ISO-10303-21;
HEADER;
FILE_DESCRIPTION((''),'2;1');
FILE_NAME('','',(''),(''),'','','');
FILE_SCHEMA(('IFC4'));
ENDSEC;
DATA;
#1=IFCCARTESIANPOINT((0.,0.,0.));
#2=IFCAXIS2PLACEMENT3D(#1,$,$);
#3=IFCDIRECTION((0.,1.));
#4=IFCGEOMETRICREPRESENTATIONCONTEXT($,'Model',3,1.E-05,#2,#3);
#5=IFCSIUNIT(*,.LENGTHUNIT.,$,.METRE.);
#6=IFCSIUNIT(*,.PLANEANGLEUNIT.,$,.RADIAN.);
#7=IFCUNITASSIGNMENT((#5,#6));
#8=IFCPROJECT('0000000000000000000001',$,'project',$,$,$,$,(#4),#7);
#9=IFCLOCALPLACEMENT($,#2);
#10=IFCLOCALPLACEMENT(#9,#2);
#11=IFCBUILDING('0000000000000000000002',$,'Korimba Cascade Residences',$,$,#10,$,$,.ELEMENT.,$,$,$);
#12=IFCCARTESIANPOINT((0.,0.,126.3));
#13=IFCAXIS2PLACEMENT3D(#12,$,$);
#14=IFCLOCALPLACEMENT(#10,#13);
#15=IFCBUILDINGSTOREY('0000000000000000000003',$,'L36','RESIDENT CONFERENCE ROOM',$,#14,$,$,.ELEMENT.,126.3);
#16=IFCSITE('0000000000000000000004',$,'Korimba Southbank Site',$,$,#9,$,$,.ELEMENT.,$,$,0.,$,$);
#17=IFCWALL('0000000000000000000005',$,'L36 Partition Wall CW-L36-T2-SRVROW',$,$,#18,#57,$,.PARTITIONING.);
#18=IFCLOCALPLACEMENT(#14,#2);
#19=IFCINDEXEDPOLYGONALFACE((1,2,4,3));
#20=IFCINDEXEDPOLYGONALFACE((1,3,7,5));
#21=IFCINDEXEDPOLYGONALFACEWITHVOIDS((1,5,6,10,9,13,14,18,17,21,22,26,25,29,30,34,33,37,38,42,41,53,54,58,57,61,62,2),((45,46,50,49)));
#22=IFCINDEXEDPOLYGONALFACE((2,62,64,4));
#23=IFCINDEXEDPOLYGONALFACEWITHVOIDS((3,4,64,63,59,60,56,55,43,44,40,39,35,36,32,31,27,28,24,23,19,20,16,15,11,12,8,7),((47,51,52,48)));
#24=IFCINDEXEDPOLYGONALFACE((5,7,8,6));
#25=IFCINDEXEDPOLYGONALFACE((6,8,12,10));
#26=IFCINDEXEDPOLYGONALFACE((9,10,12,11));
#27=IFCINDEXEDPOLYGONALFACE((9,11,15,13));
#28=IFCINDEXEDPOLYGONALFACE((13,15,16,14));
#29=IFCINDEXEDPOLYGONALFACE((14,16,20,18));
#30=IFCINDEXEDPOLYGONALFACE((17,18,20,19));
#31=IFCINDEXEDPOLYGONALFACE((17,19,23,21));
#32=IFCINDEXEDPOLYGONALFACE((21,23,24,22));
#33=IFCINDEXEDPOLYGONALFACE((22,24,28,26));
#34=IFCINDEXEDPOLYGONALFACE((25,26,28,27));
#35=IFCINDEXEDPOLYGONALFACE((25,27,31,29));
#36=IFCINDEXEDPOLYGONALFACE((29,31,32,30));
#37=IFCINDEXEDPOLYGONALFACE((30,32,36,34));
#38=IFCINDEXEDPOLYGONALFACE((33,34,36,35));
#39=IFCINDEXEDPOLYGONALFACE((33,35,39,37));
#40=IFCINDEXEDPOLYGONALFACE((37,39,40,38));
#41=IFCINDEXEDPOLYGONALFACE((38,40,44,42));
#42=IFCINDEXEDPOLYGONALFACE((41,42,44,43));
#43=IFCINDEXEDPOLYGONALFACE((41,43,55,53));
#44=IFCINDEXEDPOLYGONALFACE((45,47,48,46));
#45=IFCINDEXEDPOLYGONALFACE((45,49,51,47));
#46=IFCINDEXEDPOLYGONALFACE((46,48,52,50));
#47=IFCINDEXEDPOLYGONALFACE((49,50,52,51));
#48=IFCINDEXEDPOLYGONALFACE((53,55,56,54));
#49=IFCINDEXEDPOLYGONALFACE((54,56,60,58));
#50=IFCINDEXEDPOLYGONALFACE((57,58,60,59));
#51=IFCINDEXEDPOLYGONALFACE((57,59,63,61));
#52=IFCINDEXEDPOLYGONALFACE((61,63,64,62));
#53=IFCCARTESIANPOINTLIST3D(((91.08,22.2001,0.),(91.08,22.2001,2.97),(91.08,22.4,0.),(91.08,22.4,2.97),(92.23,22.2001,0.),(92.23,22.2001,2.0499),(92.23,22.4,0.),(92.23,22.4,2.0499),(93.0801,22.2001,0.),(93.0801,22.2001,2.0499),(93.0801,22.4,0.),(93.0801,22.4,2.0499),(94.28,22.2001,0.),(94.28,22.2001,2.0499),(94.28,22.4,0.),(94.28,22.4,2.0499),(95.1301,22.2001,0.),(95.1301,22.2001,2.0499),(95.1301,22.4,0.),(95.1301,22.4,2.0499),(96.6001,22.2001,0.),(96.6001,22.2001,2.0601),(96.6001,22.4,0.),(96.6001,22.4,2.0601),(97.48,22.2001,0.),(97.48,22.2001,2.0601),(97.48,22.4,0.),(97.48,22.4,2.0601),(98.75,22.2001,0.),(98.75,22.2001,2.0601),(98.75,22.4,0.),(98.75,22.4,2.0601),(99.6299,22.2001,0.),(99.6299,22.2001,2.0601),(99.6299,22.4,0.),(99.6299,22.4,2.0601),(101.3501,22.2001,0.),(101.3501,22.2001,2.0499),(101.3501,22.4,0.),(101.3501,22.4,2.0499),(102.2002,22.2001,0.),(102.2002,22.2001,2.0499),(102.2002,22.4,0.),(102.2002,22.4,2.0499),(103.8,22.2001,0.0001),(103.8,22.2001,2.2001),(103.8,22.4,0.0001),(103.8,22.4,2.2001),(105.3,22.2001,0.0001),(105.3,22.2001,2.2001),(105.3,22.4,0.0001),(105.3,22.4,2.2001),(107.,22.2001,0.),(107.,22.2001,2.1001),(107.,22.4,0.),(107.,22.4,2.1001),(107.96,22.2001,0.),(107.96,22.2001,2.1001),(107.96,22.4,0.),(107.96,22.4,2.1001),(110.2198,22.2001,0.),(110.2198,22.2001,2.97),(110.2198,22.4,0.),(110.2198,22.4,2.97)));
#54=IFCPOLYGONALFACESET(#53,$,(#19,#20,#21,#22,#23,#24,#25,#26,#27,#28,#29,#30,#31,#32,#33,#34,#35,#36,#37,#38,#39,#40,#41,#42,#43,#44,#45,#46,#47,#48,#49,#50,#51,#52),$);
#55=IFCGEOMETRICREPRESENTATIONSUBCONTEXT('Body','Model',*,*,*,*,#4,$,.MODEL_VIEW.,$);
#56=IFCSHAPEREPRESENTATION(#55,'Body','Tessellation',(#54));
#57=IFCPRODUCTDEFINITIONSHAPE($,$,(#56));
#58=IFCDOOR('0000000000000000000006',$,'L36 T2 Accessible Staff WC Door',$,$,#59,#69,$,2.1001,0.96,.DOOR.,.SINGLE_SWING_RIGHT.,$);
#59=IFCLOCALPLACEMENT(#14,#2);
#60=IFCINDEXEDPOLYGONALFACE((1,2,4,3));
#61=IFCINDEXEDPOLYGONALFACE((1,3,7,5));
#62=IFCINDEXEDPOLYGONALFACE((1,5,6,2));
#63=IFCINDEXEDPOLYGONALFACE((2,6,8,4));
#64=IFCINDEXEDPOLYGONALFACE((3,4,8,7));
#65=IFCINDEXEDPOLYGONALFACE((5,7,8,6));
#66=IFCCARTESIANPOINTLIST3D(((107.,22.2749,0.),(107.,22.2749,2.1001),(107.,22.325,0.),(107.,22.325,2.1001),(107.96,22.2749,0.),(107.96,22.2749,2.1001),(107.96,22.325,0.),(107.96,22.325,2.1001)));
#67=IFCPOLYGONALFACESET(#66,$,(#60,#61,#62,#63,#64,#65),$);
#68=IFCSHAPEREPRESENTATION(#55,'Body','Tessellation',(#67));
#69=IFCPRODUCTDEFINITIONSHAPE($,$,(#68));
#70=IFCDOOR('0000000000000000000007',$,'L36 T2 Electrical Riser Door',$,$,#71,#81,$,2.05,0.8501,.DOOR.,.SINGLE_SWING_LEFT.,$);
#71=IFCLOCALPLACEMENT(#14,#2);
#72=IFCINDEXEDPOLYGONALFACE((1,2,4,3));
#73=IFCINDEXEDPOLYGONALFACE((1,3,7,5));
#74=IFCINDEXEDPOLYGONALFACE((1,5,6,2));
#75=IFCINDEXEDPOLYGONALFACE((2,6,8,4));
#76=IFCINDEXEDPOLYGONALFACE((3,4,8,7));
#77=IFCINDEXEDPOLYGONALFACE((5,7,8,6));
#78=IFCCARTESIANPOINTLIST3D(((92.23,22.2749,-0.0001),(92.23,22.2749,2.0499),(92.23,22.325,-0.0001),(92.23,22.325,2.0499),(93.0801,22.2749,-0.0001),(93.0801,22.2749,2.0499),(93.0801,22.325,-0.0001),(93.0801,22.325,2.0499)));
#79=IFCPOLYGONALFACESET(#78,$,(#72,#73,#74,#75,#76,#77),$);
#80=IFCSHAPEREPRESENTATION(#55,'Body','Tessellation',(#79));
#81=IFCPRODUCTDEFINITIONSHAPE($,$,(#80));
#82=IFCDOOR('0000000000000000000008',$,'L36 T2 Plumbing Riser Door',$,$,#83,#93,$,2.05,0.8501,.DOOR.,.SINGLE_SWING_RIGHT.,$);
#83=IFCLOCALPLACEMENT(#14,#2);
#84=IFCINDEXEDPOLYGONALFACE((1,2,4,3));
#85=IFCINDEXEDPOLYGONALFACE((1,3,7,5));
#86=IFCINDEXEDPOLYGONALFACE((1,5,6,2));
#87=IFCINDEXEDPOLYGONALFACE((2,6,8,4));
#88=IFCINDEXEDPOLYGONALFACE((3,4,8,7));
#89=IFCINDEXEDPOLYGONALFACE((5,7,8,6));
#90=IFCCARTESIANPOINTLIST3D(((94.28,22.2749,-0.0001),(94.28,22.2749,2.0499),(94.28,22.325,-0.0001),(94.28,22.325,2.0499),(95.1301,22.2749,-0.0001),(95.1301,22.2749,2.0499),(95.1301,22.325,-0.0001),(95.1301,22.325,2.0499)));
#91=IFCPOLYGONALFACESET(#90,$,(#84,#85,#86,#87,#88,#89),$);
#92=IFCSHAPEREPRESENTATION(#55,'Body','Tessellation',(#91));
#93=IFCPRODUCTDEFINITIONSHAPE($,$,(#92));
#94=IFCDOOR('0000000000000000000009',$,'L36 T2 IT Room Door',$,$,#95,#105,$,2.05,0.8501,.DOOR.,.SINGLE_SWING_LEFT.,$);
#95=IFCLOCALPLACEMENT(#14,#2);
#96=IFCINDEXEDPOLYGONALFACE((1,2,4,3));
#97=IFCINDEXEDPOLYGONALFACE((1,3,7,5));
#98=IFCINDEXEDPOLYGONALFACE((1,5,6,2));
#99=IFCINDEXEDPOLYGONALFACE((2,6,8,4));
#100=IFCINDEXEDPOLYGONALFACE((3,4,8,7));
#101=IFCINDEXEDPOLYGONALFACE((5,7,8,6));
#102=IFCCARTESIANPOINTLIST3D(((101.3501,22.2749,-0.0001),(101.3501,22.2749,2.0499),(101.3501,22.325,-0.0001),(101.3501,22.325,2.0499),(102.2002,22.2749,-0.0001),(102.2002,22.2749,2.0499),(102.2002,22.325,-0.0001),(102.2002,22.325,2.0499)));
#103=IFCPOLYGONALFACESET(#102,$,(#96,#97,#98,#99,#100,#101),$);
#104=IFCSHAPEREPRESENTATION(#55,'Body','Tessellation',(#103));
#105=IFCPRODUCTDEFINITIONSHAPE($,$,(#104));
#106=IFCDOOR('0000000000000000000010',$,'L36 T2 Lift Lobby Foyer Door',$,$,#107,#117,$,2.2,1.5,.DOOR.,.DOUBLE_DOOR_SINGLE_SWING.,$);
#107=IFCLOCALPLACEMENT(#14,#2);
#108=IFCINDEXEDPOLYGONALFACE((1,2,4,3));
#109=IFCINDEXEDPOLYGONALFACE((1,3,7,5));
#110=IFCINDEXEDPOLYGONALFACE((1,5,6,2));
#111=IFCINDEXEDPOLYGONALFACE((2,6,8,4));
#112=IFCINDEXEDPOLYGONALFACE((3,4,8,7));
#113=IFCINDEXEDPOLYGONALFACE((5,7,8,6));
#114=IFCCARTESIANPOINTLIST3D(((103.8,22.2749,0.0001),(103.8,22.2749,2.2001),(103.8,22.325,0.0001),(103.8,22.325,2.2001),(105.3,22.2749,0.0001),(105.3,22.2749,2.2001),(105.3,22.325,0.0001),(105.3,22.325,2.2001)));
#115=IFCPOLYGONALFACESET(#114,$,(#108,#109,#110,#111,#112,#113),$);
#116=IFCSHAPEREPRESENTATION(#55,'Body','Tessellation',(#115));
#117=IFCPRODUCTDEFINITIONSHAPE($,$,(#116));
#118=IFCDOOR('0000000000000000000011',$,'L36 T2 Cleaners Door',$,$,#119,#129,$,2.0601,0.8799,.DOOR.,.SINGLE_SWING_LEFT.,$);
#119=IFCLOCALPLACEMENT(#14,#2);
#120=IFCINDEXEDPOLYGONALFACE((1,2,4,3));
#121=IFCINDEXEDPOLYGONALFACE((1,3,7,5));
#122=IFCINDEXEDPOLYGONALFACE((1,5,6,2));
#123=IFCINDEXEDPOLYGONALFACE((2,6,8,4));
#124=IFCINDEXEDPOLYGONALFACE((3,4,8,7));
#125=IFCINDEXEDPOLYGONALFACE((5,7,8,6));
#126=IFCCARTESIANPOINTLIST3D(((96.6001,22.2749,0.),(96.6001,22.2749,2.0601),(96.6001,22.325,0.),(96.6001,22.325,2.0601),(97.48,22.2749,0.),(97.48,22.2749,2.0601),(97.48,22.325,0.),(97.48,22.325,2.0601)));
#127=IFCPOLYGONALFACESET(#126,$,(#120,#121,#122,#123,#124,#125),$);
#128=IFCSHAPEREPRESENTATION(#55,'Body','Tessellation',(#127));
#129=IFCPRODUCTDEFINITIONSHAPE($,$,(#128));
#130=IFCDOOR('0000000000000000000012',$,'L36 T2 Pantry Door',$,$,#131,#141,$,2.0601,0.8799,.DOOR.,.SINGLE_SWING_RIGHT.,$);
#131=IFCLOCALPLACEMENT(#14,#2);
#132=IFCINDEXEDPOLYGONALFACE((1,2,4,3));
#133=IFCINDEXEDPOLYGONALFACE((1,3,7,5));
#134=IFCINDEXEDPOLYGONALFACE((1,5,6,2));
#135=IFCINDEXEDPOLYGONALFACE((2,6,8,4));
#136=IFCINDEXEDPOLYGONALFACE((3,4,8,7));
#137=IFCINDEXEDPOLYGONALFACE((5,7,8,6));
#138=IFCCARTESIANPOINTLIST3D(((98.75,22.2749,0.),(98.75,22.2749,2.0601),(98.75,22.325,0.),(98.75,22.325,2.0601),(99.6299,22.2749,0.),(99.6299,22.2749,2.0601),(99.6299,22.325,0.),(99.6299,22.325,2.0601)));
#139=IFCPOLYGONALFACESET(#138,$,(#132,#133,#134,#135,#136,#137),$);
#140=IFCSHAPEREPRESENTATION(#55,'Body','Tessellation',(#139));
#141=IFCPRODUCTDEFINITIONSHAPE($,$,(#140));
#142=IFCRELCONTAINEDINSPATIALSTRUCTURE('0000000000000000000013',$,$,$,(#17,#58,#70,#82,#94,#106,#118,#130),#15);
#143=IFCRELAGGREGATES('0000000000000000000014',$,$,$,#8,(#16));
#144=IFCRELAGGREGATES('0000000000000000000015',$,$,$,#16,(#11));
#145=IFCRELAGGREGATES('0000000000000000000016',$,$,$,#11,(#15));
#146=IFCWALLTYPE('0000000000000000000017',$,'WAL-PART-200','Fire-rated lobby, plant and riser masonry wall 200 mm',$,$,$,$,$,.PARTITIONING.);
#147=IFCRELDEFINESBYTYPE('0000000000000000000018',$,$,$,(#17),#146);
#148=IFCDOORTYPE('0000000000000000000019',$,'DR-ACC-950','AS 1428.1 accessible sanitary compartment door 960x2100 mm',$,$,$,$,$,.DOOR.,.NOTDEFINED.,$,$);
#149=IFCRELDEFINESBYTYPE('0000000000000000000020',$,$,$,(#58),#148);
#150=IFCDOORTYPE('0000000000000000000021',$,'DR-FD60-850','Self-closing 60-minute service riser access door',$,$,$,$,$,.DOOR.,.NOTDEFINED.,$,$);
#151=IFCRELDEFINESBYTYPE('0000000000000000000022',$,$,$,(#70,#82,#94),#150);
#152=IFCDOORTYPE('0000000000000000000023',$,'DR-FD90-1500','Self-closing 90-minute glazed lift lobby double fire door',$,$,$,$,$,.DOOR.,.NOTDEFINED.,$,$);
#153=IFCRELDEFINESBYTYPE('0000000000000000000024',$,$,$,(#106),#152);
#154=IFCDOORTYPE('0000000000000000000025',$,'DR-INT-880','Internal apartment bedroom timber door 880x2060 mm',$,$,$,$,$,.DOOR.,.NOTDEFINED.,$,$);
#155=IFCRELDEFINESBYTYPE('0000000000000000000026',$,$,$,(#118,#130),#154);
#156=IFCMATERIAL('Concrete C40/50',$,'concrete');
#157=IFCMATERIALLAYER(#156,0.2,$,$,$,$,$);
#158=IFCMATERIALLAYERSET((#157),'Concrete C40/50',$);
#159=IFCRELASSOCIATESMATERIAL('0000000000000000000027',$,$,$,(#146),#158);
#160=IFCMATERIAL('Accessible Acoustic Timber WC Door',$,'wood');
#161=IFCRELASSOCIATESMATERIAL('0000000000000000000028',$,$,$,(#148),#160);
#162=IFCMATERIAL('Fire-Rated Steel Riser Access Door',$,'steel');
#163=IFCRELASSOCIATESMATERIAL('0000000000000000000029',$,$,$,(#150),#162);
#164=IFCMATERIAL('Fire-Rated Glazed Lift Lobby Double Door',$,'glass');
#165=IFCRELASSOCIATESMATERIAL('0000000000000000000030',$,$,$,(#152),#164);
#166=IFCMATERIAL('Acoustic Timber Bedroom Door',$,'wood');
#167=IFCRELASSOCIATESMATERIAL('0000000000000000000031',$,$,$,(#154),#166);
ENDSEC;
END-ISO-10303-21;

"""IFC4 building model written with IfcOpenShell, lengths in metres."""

from ifc_helpers import new_model, si_unit, direction, frame, frame_2d, origin, place, context, subcontext, project, spatial, rectangle, extrude, material, layer, layer_set, type_object, element, fill, save


model = new_model("IFC4")

# Units and contexts
model_context = context("Model", 3, precision=1e-05, world=origin(), true_north=direction((0.0, 1.0)))
body_context = subcontext(model_context, "Body", "Model", "MODEL_VIEW")
ifc_project = project(units=[si_unit("LENGTHUNIT", "METRE"), si_unit("PLANEANGLEUNIT", "RADIAN")], contexts=[model_context])

# Site, building, storey
site_placement = place(None, origin())
site = spatial("IfcSite", under=ifc_project, at=site_placement, Name="Korimba Southbank Site", CompositionType="ELEMENT", RefElevation=0.0)
building_placement = place(site_placement, origin())
building = spatial("IfcBuilding", under=site, at=building_placement, Name="Korimba Cascade Residences", CompositionType="ELEMENT")
storey_placement = place(building_placement, frame((0.0, 0.0, 126.3)))
storey = spatial("IfcBuildingStorey", under=building, at=storey_placement, Name="L36", Description="RESIDENT CONFERENCE ROOM", CompositionType="ELEMENT", Elevation=126.3)

# Shared definitions
ifc_material_1 = material(Name="Concrete C40/50", Category="concrete")
ifc_layer_1 = layer(ifc_material_1, 0.2)
ifc_layer_set_1 = layer_set([ifc_layer_1], Name="Concrete C40/50")
wall_type_1 = type_object("IfcWallType", Name="WAL-PART-200", Description="Fire-rated lobby, plant and riser masonry wall 200 mm", PredefinedType="PARTITIONING", material=ifc_layer_set_1)

# Wall, openings, doors
wall_1_placement = place(storey_placement, frame((91.0801, 22.3, 0.0), z_axis=(0.0, 0.0, 1.0), x_axis=(1.0, 0.0, 0.0)))
wall_1 = element("IfcWall", 1, at=wall_1_placement, inside=storey, type_object=wall_type_1, Name="L36 Partition Wall CW-L36-T2-SRVROW", PredefinedType="PARTITIONING", context=body_context, shape_type="SweptSolid", body=[
    extrude(rectangle(XDim=19.1399, YDim=0.2, at=frame_2d((9.5698, 0.0))), origin(), (0.0, 0.0, 1.0), 2.97),
])
opening_1_placement = place(wall_1_placement, frame((1.1499, 0.0, 0.0)))
opening_1 = element("IfcOpeningElement", 2, at=opening_1_placement, cuts=wall_1, PredefinedType="OPENING", context=body_context, shape_type="SweptSolid", body=[
    extrude(rectangle(XDim=0.8501, YDim=2.05, at=frame_2d((0.425, 1.0249))), frame((0.0, 0.1099, 0.0), z_axis=(0.0, -1.0, 0.0), x_axis=(1.0, 0.0, 0.0)), (0.0, 0.0, 1.0), 0.22),
])
opening_2_placement = place(wall_1_placement, frame((3.2, 0.0, 0.0)))
opening_2 = element("IfcOpeningElement", 3, at=opening_2_placement, cuts=wall_1, PredefinedType="OPENING", context=body_context, shape_type="SweptSolid", body=[
    extrude(rectangle(XDim=0.8501, YDim=2.05, at=frame_2d((0.425, 1.0249))), frame((0.0, 0.1099, 0.0), z_axis=(0.0, -1.0, 0.0), x_axis=(1.0, 0.0, 0.0)), (0.0, 0.0, 1.0), 0.22),
])
opening_3_placement = place(wall_1_placement, frame((12.72, 0.0, 0.0)))
opening_3 = element("IfcOpeningElement", 4, at=opening_3_placement, cuts=wall_1, PredefinedType="OPENING", context=body_context, shape_type="SweptSolid", body=[
    extrude(rectangle(XDim=1.5, YDim=2.2, at=frame_2d((0.75, 1.1001))), frame((0.0, 0.1099, 0.0), z_axis=(0.0, -1.0, 0.0), x_axis=(1.0, 0.0, 0.0)), (0.0, 0.0, 1.0), 0.22),
])
opening_4_placement = place(wall_1_placement, frame((5.52, 0.0, 0.0)))
opening_4 = element("IfcOpeningElement", 5, at=opening_4_placement, cuts=wall_1, PredefinedType="OPENING", context=body_context, shape_type="SweptSolid", body=[
    extrude(rectangle(XDim=0.8799, YDim=2.0601, at=frame_2d((0.4399, 1.03))), frame((0.0, 0.1099, 0.0), z_axis=(0.0, -1.0, 0.0), x_axis=(1.0, 0.0, 0.0)), (0.0, 0.0, 1.0), 0.22),
])
opening_5_placement = place(wall_1_placement, frame((7.6699, 0.0, 0.0)))
opening_5 = element("IfcOpeningElement", 6, at=opening_5_placement, cuts=wall_1, PredefinedType="OPENING", context=body_context, shape_type="SweptSolid", body=[
    extrude(rectangle(XDim=0.8799, YDim=2.0601, at=frame_2d((0.4399, 1.03))), frame((0.0, 0.1099, 0.0), z_axis=(0.0, -1.0, 0.0), x_axis=(1.0, 0.0, 0.0)), (0.0, 0.0, 1.0), 0.22),
])
opening_6_placement = place(wall_1_placement, frame((10.27, 0.0, 0.0)))
opening_6 = element("IfcOpeningElement", 7, at=opening_6_placement, cuts=wall_1, PredefinedType="OPENING", context=body_context, shape_type="SweptSolid", body=[
    extrude(rectangle(XDim=0.8501, YDim=2.05, at=frame_2d((0.425, 1.0249))), frame((0.0, 0.1099, 0.0), z_axis=(0.0, -1.0, 0.0), x_axis=(1.0, 0.0, 0.0)), (0.0, 0.0, 1.0), 0.22),
])
opening_7_placement = place(wall_1_placement, frame((15.9199, 0.0, 0.0)))
opening_7 = element("IfcOpeningElement", 8, at=opening_7_placement, cuts=wall_1, PredefinedType="OPENING", context=body_context, shape_type="SweptSolid", body=[
    extrude(rectangle(XDim=0.96, YDim=2.1001, at=frame_2d((0.48, 1.05))), frame((0.0, 0.1099, 0.0), z_axis=(0.0, -1.0, 0.0), x_axis=(1.0, 0.0, 0.0)), (0.0, 0.0, 1.0), 0.22),
])
ifc_material_2 = material(Name="Accessible Acoustic Timber WC Door", Category="wood")
door_type_1 = type_object("IfcDoorType", Name="DR-ACC-950", Description="AS 1428.1 accessible sanitary compartment door 960x2100 mm", OperationType="NOTDEFINED", PredefinedType="DOOR", material=ifc_material_2)
door_1_placement = place(opening_7_placement, origin())
door_1 = element("IfcDoor", 9, at=door_1_placement, inside=storey, type_object=door_type_1, Name="L36 T2 Accessible Staff WC Door", OperationType="SINGLE_SWING_RIGHT", OverallHeight=2.1001, OverallWidth=0.96, PredefinedType="DOOR", context=body_context, shape_type="SweptSolid", body=[
    extrude(rectangle(XDim=0.96, YDim=2.1001, at=frame_2d((0.48, 1.05))), frame((0.0, 0.0249, 0.0), z_axis=(0.0, -1.0, 0.0), x_axis=(1.0, 0.0, 0.0)), (0.0, 0.0, 1.0), 0.05),
])
fill(opening_7, door_1)
ifc_material_3 = material(Name="Fire-Rated Steel Riser Access Door", Category="steel")
door_type_2 = type_object("IfcDoorType", Name="DR-FD60-850", Description="Self-closing 60-minute service riser access door", OperationType="NOTDEFINED", PredefinedType="DOOR", material=ifc_material_3)
door_2_placement = place(opening_1_placement, origin())
door_2 = element("IfcDoor", 10, at=door_2_placement, inside=storey, type_object=door_type_2, Name="L36 T2 Electrical Riser Door", OperationType="SINGLE_SWING_LEFT", OverallHeight=2.05, OverallWidth=0.8501, PredefinedType="DOOR", context=body_context, shape_type="SweptSolid", body=[
    extrude(rectangle(XDim=0.8501, YDim=2.05, at=frame_2d((0.425, 1.0249))), frame((0.0, 0.0249, 0.0), z_axis=(0.0, -1.0, 0.0), x_axis=(1.0, 0.0, 0.0)), (0.0, 0.0, 1.0), 0.05),
])
fill(opening_1, door_2)
door_3_placement = place(opening_2_placement, origin())
door_3 = element("IfcDoor", 11, at=door_3_placement, inside=storey, type_object=door_type_2, Name="L36 T2 Plumbing Riser Door", OperationType="SINGLE_SWING_RIGHT", OverallHeight=2.05, OverallWidth=0.8501, PredefinedType="DOOR", context=body_context, shape_type="SweptSolid", body=[
    extrude(rectangle(XDim=0.8501, YDim=2.05, at=frame_2d((0.425, 1.0249))), frame((0.0, 0.0249, 0.0), z_axis=(0.0, -1.0, 0.0), x_axis=(1.0, 0.0, 0.0)), (0.0, 0.0, 1.0), 0.05),
])
fill(opening_2, door_3)
door_4_placement = place(opening_6_placement, origin())
door_4 = element("IfcDoor", 12, at=door_4_placement, inside=storey, type_object=door_type_2, Name="L36 T2 IT Room Door", OperationType="SINGLE_SWING_LEFT", OverallHeight=2.05, OverallWidth=0.8501, PredefinedType="DOOR", context=body_context, shape_type="SweptSolid", body=[
    extrude(rectangle(XDim=0.8501, YDim=2.05, at=frame_2d((0.425, 1.0249))), frame((0.0, 0.0249, 0.0), z_axis=(0.0, -1.0, 0.0), x_axis=(1.0, 0.0, 0.0)), (0.0, 0.0, 1.0), 0.05),
])
fill(opening_6, door_4)
ifc_material_4 = material(Name="Fire-Rated Glazed Lift Lobby Double Door", Category="glass")
door_type_3 = type_object("IfcDoorType", Name="DR-FD90-1500", Description="Self-closing 90-minute glazed lift lobby double fire door", OperationType="NOTDEFINED", PredefinedType="DOOR", material=ifc_material_4)
door_5_placement = place(opening_3_placement, origin())
door_5 = element("IfcDoor", 13, at=door_5_placement, inside=storey, type_object=door_type_3, Name="L36 T2 Lift Lobby Foyer Door", OperationType="DOUBLE_DOOR_SINGLE_SWING", OverallHeight=2.2, OverallWidth=1.5, PredefinedType="DOOR", context=body_context, shape_type="SweptSolid", body=[
    extrude(rectangle(XDim=1.5, YDim=2.2, at=frame_2d((0.75, 1.1001))), frame((0.0, 0.0249, 0.0), z_axis=(0.0, -1.0, 0.0), x_axis=(1.0, 0.0, 0.0)), (0.0, 0.0, 1.0), 0.05),
])
fill(opening_3, door_5)
ifc_material_5 = material(Name="Acoustic Timber Bedroom Door", Category="wood")
door_type_4 = type_object("IfcDoorType", Name="DR-INT-880", Description="Internal apartment bedroom timber door 880x2060 mm", OperationType="NOTDEFINED", PredefinedType="DOOR", material=ifc_material_5)
door_6_placement = place(opening_4_placement, origin())
door_6 = element("IfcDoor", 14, at=door_6_placement, inside=storey, type_object=door_type_4, Name="L36 T2 Cleaners Door", OperationType="SINGLE_SWING_LEFT", OverallHeight=2.0601, OverallWidth=0.8799, PredefinedType="DOOR", context=body_context, shape_type="SweptSolid", body=[
    extrude(rectangle(XDim=0.8799, YDim=2.0601, at=frame_2d((0.4399, 1.03))), frame((0.0, 0.0249, 0.0), z_axis=(0.0, -1.0, 0.0), x_axis=(1.0, 0.0, 0.0)), (0.0, 0.0, 1.0), 0.05),
])
fill(opening_4, door_6)
door_7_placement = place(opening_5_placement, origin())
door_7 = element("IfcDoor", 15, at=door_7_placement, inside=storey, type_object=door_type_4, Name="L36 T2 Pantry Door", OperationType="SINGLE_SWING_RIGHT", OverallHeight=2.0601, OverallWidth=0.8799, PredefinedType="DOOR", context=body_context, shape_type="SweptSolid", body=[
    extrude(rectangle(XDim=0.8799, YDim=2.0601, at=frame_2d((0.4399, 1.03))), frame((0.0, 0.0249, 0.0), z_axis=(0.0, -1.0, 0.0), x_axis=(1.0, 0.0, 0.0)), (0.0, 0.0, 1.0), 0.05),
])
fill(opening_5, door_7)

save(model, "model.ifc")
